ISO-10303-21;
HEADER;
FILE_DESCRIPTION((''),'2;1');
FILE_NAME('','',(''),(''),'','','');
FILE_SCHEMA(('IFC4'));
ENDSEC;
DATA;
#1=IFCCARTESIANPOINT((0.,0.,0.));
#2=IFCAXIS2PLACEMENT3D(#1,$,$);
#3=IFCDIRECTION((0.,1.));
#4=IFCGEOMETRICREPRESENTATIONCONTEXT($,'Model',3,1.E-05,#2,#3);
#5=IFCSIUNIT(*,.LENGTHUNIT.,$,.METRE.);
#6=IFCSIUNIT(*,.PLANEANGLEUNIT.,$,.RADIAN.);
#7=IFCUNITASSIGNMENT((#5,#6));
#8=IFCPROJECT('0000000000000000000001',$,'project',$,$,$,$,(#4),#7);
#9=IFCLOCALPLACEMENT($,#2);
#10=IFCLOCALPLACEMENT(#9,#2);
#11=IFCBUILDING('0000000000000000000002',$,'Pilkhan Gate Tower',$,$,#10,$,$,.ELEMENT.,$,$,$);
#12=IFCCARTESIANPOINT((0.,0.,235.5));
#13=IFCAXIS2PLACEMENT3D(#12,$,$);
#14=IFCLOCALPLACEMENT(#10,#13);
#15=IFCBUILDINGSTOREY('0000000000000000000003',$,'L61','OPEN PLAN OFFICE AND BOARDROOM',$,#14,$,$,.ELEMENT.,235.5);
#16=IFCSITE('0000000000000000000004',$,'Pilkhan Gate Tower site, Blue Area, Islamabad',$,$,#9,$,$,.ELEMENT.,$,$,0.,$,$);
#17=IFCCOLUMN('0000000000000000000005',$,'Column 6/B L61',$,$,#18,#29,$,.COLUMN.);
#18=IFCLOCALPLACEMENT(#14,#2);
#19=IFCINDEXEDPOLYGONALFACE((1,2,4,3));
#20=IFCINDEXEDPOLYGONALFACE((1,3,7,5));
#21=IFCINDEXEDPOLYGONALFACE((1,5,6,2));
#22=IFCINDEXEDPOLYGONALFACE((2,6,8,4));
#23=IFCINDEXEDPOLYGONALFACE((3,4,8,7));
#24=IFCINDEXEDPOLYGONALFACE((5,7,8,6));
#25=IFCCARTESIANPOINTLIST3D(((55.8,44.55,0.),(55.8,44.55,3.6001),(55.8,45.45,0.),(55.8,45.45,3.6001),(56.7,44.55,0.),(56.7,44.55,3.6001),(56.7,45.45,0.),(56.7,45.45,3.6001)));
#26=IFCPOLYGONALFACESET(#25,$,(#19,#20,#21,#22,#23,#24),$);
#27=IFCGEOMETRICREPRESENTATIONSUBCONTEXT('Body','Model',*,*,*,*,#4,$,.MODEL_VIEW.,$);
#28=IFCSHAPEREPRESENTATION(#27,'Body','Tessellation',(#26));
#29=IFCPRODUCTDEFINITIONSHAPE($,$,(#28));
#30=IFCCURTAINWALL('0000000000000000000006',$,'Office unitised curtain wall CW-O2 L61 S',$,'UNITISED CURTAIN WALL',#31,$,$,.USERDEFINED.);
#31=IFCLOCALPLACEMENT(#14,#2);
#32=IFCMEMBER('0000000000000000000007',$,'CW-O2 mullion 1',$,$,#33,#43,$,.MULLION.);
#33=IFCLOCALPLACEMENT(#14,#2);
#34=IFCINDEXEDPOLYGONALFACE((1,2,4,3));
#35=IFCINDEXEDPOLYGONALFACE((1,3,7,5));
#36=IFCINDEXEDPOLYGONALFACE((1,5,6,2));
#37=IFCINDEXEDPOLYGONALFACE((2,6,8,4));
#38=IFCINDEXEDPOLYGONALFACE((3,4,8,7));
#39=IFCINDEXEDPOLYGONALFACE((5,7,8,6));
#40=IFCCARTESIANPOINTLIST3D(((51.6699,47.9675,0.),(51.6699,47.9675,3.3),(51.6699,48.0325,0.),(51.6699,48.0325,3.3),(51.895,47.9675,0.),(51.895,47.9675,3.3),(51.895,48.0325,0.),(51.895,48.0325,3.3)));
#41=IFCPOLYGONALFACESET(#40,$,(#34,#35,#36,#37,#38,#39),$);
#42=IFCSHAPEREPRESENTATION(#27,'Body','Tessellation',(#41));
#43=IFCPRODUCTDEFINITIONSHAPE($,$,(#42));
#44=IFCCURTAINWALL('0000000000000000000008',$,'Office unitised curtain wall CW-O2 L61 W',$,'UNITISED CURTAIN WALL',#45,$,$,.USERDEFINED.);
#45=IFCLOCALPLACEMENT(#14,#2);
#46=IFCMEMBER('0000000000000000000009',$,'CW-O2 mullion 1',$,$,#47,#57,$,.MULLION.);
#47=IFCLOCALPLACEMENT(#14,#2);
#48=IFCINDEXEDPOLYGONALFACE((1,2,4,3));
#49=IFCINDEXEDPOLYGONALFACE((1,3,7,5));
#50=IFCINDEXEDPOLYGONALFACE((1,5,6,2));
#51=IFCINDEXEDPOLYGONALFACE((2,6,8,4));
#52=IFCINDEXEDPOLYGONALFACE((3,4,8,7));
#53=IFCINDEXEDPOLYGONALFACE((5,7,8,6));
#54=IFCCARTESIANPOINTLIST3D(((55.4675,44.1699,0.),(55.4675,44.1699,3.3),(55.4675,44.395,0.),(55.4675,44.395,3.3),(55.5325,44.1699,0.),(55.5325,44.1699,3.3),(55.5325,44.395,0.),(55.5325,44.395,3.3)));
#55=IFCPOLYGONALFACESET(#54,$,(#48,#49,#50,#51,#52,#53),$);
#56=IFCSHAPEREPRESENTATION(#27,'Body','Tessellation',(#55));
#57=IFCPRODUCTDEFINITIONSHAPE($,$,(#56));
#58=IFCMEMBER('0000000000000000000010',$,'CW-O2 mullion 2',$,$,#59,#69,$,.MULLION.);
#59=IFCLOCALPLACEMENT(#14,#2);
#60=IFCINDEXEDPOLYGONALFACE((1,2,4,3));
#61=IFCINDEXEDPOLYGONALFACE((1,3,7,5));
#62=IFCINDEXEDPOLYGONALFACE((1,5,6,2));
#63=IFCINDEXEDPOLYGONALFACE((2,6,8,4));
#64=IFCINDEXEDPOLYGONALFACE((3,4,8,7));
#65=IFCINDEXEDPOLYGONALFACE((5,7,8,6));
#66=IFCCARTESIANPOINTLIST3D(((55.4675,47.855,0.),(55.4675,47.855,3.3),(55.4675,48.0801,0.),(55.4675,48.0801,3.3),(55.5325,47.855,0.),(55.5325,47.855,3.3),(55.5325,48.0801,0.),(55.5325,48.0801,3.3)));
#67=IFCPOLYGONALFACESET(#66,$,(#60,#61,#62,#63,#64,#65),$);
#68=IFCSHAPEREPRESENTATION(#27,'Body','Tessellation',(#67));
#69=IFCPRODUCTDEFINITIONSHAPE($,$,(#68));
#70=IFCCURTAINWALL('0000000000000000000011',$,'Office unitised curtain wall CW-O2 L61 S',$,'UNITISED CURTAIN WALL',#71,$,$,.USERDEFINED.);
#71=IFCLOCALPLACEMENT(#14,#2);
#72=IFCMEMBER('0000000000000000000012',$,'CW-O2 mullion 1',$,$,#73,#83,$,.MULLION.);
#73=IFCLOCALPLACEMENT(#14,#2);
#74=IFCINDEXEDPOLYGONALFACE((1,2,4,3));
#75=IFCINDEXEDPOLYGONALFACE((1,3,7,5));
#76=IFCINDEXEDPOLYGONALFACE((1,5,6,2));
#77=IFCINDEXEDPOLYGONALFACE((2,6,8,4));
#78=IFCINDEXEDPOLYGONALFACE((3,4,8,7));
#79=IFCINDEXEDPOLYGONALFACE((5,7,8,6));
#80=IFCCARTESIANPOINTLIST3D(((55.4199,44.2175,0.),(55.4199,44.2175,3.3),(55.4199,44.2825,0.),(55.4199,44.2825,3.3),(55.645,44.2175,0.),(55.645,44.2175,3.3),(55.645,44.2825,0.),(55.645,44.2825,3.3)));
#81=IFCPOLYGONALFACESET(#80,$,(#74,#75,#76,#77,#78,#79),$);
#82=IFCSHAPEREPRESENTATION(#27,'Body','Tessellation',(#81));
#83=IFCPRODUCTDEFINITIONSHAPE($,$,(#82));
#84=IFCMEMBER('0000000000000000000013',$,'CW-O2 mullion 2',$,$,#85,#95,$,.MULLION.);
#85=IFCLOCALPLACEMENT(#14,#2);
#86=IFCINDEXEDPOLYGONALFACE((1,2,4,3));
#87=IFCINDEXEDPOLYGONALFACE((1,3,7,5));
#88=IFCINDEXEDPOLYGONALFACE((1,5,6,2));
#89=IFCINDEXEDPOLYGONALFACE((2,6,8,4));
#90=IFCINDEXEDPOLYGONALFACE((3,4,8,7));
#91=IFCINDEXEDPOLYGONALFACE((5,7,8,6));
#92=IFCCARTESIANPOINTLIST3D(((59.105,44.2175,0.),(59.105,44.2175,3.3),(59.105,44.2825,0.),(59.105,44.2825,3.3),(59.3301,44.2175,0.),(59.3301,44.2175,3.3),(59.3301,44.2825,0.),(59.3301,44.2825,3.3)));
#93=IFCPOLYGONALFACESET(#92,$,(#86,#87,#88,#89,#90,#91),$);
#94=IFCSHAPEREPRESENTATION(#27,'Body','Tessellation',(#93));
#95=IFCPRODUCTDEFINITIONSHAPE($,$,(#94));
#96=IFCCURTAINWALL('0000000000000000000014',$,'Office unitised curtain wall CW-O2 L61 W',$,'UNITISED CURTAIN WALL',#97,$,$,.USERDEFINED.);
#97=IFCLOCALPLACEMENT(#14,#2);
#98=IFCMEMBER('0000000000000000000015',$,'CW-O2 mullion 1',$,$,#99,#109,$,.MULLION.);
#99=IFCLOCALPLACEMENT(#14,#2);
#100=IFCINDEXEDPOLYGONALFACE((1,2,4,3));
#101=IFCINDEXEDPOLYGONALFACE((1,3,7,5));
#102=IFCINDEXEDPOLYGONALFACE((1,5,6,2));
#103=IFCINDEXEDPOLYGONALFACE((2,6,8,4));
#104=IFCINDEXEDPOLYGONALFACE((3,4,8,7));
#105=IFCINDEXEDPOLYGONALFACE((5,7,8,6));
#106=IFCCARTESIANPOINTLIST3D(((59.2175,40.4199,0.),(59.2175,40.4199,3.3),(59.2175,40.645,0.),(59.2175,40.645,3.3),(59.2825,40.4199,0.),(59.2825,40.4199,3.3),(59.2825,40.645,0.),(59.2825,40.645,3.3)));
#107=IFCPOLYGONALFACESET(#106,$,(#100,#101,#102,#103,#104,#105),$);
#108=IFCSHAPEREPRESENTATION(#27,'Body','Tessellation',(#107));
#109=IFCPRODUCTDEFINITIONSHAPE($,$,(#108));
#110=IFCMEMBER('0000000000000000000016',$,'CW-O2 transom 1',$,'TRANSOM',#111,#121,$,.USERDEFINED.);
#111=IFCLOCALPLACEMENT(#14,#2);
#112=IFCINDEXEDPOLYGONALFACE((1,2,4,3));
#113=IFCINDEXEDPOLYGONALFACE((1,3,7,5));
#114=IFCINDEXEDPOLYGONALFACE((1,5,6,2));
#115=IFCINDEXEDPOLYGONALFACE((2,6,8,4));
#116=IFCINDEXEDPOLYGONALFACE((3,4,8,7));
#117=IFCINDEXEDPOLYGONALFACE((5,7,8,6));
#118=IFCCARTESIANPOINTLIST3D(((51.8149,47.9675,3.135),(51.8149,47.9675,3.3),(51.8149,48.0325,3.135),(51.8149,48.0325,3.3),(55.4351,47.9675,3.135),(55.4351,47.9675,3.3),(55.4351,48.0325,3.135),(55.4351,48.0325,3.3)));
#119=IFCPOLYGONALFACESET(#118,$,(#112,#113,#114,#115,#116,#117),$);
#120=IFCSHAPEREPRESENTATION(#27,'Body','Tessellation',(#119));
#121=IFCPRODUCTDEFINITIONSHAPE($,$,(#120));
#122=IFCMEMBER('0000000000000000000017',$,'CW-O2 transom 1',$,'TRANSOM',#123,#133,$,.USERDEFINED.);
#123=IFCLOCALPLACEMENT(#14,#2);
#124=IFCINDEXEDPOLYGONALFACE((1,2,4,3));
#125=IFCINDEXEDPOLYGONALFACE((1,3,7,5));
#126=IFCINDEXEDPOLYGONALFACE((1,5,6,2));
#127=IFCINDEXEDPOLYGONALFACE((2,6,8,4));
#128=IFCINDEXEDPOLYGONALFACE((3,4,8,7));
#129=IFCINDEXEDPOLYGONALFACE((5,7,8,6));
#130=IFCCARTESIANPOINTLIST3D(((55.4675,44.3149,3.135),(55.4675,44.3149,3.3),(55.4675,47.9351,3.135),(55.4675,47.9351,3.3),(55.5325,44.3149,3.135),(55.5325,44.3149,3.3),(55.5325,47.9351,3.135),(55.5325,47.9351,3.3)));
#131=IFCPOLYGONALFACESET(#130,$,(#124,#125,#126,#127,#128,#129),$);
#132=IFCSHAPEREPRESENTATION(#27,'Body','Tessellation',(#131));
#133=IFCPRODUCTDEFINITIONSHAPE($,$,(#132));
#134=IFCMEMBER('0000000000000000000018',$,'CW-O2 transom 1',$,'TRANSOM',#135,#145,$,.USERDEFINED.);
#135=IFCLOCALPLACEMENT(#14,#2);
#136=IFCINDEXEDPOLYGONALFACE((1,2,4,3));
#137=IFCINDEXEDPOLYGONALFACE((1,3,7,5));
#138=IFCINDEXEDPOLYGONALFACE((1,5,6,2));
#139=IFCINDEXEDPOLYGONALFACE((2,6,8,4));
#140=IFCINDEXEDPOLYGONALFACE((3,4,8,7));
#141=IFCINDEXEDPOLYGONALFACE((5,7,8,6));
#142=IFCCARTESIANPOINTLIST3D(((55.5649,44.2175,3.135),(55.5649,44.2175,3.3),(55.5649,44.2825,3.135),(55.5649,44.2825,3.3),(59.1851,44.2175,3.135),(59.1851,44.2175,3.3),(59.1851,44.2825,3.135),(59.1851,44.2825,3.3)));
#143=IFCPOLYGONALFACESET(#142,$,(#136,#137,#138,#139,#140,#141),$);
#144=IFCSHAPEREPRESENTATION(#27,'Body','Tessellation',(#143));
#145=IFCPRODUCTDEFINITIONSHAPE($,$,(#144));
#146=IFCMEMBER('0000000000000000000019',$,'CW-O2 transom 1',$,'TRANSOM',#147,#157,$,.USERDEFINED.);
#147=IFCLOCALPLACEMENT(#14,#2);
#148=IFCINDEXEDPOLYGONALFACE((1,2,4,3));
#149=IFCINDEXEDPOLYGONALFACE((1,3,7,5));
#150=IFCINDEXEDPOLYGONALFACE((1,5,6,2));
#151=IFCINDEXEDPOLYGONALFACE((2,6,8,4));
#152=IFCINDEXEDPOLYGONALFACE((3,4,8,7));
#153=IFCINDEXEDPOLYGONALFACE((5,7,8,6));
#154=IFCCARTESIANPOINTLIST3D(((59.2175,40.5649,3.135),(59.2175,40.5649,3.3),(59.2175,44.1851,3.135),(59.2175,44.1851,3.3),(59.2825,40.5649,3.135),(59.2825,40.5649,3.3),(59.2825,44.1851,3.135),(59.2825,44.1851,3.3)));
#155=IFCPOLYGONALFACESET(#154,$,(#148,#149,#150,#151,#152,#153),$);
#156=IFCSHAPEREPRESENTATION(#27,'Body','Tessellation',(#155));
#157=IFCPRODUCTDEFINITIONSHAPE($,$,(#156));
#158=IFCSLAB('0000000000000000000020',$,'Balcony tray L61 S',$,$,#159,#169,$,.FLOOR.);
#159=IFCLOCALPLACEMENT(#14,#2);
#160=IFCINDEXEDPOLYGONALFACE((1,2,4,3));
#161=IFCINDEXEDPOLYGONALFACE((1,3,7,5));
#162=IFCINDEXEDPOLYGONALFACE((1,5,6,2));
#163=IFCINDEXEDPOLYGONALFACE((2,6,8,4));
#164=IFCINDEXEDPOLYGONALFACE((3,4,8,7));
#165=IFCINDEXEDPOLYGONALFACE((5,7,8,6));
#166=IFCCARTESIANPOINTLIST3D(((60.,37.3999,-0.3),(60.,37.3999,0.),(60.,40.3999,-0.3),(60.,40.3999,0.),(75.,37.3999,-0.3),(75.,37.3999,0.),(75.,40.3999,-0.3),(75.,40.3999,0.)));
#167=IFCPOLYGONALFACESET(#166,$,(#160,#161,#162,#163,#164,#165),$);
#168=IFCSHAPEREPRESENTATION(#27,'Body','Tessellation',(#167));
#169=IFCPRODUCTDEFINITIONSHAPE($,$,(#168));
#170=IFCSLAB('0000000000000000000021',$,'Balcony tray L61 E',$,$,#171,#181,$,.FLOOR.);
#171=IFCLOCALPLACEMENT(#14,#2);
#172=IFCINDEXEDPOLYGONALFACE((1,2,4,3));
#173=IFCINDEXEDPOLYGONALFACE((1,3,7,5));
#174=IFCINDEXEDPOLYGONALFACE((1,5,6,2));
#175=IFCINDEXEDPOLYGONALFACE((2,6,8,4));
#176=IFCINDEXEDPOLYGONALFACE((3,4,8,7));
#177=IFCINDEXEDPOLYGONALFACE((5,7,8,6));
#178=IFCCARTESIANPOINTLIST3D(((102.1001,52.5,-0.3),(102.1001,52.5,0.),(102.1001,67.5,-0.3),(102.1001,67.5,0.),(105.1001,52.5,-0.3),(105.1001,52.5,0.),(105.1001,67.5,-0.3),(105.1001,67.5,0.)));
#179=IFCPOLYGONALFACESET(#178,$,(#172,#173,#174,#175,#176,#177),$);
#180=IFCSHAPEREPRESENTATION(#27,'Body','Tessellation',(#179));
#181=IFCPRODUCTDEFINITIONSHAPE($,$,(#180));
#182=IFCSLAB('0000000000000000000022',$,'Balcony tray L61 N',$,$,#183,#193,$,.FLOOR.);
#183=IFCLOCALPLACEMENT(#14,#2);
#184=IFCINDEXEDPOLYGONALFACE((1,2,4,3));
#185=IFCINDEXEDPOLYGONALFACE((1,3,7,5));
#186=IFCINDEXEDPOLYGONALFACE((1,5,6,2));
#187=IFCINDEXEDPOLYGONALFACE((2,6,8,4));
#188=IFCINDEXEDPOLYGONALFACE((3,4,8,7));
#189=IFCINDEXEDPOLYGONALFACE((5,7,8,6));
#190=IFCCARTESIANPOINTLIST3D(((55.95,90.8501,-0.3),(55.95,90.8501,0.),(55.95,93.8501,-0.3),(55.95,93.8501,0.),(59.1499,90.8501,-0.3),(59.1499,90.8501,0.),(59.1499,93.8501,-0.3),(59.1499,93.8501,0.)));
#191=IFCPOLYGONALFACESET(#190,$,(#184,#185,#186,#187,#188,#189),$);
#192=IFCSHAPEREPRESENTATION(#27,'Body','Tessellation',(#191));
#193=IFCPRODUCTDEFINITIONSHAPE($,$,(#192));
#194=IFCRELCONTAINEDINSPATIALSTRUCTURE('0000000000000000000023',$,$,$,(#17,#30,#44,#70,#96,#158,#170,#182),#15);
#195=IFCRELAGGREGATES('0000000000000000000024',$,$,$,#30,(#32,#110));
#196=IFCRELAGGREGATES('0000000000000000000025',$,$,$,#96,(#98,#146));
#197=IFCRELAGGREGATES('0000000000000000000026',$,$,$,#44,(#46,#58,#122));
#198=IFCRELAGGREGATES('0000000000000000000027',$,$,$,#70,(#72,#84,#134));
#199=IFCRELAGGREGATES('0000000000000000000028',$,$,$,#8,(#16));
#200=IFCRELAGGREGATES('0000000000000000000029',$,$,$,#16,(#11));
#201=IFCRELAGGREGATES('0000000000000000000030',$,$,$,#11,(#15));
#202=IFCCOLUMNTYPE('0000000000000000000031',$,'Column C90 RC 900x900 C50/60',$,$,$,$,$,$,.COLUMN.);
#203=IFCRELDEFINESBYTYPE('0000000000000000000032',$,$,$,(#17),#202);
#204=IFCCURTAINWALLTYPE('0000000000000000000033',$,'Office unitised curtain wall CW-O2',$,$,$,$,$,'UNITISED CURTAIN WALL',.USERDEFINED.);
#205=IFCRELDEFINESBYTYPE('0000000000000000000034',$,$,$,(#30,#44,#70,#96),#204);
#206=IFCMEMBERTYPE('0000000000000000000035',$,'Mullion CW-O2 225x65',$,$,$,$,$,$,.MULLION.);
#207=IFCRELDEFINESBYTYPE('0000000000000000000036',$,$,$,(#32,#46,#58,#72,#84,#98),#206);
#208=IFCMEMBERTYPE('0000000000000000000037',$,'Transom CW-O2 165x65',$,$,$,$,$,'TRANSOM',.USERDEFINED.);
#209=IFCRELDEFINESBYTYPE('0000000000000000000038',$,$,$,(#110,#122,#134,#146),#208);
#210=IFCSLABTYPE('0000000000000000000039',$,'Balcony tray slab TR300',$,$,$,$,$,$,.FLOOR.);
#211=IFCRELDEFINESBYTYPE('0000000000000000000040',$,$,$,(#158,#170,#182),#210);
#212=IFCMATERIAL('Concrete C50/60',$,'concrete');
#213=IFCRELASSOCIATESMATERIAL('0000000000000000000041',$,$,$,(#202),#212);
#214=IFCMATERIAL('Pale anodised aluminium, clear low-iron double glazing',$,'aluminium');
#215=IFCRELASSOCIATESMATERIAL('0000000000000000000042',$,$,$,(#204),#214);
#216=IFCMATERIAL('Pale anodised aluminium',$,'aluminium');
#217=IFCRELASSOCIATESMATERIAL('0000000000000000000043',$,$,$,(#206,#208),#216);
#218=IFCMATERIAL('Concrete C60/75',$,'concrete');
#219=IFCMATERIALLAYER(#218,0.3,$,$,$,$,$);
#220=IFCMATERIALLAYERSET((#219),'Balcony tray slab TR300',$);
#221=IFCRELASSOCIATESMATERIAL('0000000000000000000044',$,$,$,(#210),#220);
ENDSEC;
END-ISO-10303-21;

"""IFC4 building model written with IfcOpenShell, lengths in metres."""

from ifc_helpers import new_model, si_unit, direction, frame, origin, origin_2d, place, context, subcontext, project, spatial, polyline, rectangle, outline, extrude, material, layer, layer_set, material_profile, profile_set, type_object, element, aggregate, save


model = new_model("IFC4")

# Units and contexts
model_context = context("Model", 3, precision=1e-05, world=origin(), true_north=direction((0.0, 1.0)))
body_context = subcontext(model_context, "Body", "Model", "MODEL_VIEW")
ifc_project = project(units=[si_unit("LENGTHUNIT", "METRE"), si_unit("PLANEANGLEUNIT", "RADIAN")], contexts=[model_context])

# Site, building, storey
site_placement = place(None, origin())
site = spatial("IfcSite", under=ifc_project, at=site_placement, Name="Pilkhan Gate Tower site, Blue Area, Islamabad", CompositionType="ELEMENT", RefElevation=0.0)
building_placement = place(site_placement, origin())
building = spatial("IfcBuilding", under=site, at=building_placement, Name="Pilkhan Gate Tower", CompositionType="ELEMENT")
storey_placement = place(building_placement, frame((0.0, 0.0, 235.5)))
storey = spatial("IfcBuildingStorey", under=building, at=storey_placement, Name="L61", Description="OPEN PLAN OFFICE AND BOARDROOM", CompositionType="ELEMENT", Elevation=235.5)

# Column
ifc_material_1 = material(Name="Concrete C50/60", Category="concrete")
ifc_material_profile_1 = material_profile(ifc_material_1, rectangle(XDim=0.8999, YDim=0.8999, at=origin_2d()), Name="RC 900x900")
ifc_profile_set_1 = profile_set([ifc_material_profile_1], Name="Concrete C50/60")
column_type = type_object("IfcColumnType", Name="Column C90 RC 900x900 C50/60", PredefinedType="COLUMN", material=ifc_profile_set_1)
column_placement = place(storey_placement, frame((56.25, 45.0, 0.0), z_axis=(0.0, 0.0, 1.0), x_axis=(1.0, 0.0, 0.0)))
element("IfcColumn", 1, at=column_placement, inside=storey, type_object=column_type, Name="Column 6/B L61", PredefinedType="COLUMN", context=body_context, shape_type="SweptSolid", body=[
    extrude(rectangle(XDim=0.8999, YDim=0.8999, at=origin_2d()), origin(), (0.0, 0.0, 1.0), 3.6001),
])

# Curtain wall, member
ifc_material_2 = material(Name="Pale anodised aluminium, clear low-iron double glazing", Category="aluminium")
curtain_wall_type = type_object("IfcCurtainWallType", Name="Office unitised curtain wall CW-O2", ElementType="UNITISED CURTAIN WALL", PredefinedType="USERDEFINED", material=ifc_material_2)
curtain_wall_1_placement = place(storey_placement, origin())
curtain_wall_1 = element("IfcCurtainWall", 2, at=curtain_wall_1_placement, inside=storey, type_object=curtain_wall_type, Name="Office unitised curtain wall CW-O2 L61 S", ObjectType="UNITISED CURTAIN WALL", PredefinedType="USERDEFINED")
ifc_material_3 = material(Name="Pale anodised aluminium", Category="aluminium")
ifc_material_profile_2 = material_profile(ifc_material_3, rectangle(XDim=0.0649, YDim=0.2251, at=origin_2d()), Name="Mullion 225x65")
ifc_profile_set_2 = profile_set([ifc_material_profile_2], Name="Pale anodised aluminium")
member_type_1 = type_object("IfcMemberType", Name="Mullion CW-O2 225x65", PredefinedType="MULLION", material=ifc_profile_set_2)
member_1_placement = place(storey_placement, frame((51.7825, 48.0, 0.0), z_axis=(0.0, 0.0, 1.0), x_axis=(0.0, 1.0, 0.0)))
member_1 = element("IfcMember", 3, at=member_1_placement, type_object=member_type_1, Name="CW-O2 mullion 1", PredefinedType="MULLION", context=body_context, shape_type="SweptSolid", body=[
    extrude(rectangle(XDim=0.0649, YDim=0.2251, at=origin_2d()), origin(), (0.0, 0.0, 1.0), 3.3),
])

# Curtain walls, members
curtain_wall_2_placement = place(storey_placement, origin())
curtain_wall_2 = element("IfcCurtainWall", 4, at=curtain_wall_2_placement, inside=storey, type_object=curtain_wall_type, Name="Office unitised curtain wall CW-O2 L61 W", ObjectType="UNITISED CURTAIN WALL", PredefinedType="USERDEFINED")
member_2_placement = place(storey_placement, frame((55.5, 44.2825, 0.0), z_axis=(0.0, 0.0, 1.0), x_axis=(-1.0, 0.0, 0.0)))
member_2 = element("IfcMember", 5, at=member_2_placement, type_object=member_type_1, Name="CW-O2 mullion 1", PredefinedType="MULLION", context=body_context, shape_type="SweptSolid", body=[
    extrude(rectangle(XDim=0.0649, YDim=0.2251, at=origin_2d()), origin(), (0.0, 0.0, 1.0), 3.3),
])
member_3_placement = place(storey_placement, frame((55.5, 47.9675, 0.0), z_axis=(0.0, 0.0, 1.0), x_axis=(-1.0, 0.0, 0.0)))
member_3 = element("IfcMember", 6, at=member_3_placement, type_object=member_type_1, Name="CW-O2 mullion 2", PredefinedType="MULLION", context=body_context, shape_type="SweptSolid", body=[
    extrude(rectangle(XDim=0.0649, YDim=0.2251, at=origin_2d()), origin(), (0.0, 0.0, 1.0), 3.3),
])
curtain_wall_3_placement = place(storey_placement, origin())
curtain_wall_3 = element("IfcCurtainWall", 7, at=curtain_wall_3_placement, inside=storey, type_object=curtain_wall_type, Name="Office unitised curtain wall CW-O2 L61 S", ObjectType="UNITISED CURTAIN WALL", PredefinedType="USERDEFINED")
member_4_placement = place(storey_placement, frame((55.5325, 44.25, 0.0), z_axis=(0.0, 0.0, 1.0), x_axis=(0.0, 1.0, 0.0)))
member_4 = element("IfcMember", 8, at=member_4_placement, type_object=member_type_1, Name="CW-O2 mullion 1", PredefinedType="MULLION", context=body_context, shape_type="SweptSolid", body=[
    extrude(rectangle(XDim=0.0649, YDim=0.2251, at=origin_2d()), origin(), (0.0, 0.0, 1.0), 3.3),
])
member_5_placement = place(storey_placement, frame((59.2175, 44.25, 0.0), z_axis=(0.0, 0.0, 1.0), x_axis=(0.0, 1.0, 0.0)))
member_5 = element("IfcMember", 9, at=member_5_placement, type_object=member_type_1, Name="CW-O2 mullion 2", PredefinedType="MULLION", context=body_context, shape_type="SweptSolid", body=[
    extrude(rectangle(XDim=0.0649, YDim=0.2251, at=origin_2d()), origin(), (0.0, 0.0, 1.0), 3.3),
])

# Curtain wall, member
curtain_wall_4_placement = place(storey_placement, origin())
curtain_wall_4 = element("IfcCurtainWall", 10, at=curtain_wall_4_placement, inside=storey, type_object=curtain_wall_type, Name="Office unitised curtain wall CW-O2 L61 W", ObjectType="UNITISED CURTAIN WALL", PredefinedType="USERDEFINED")
member_6_placement = place(storey_placement, frame((59.25, 40.5325, 0.0), z_axis=(0.0, 0.0, 1.0), x_axis=(-1.0, 0.0, 0.0)))
member_6 = element("IfcMember", 11, at=member_6_placement, type_object=member_type_1, Name="CW-O2 mullion 1", PredefinedType="MULLION", context=body_context, shape_type="SweptSolid", body=[
    extrude(rectangle(XDim=0.0649, YDim=0.2251, at=origin_2d()), origin(), (0.0, 0.0, 1.0), 3.3),
])

# Members
ifc_material_profile_3 = material_profile(ifc_material_3, rectangle(XDim=0.0649, YDim=0.165, at=origin_2d()), Name="Transom 165x65")
ifc_profile_set_3 = profile_set([ifc_material_profile_3], Name="Pale anodised aluminium")
member_type_2 = type_object("IfcMemberType", Name="Transom CW-O2 165x65", ElementType="TRANSOM", PredefinedType="USERDEFINED", material=ifc_profile_set_3)
member_7_placement = place(storey_placement, frame((51.8149, 48.0, 3.2175), z_axis=(1.0, 0.0, 0.0), x_axis=(0.0, 1.0, 0.0)))
member_7 = element("IfcMember", 12, at=member_7_placement, type_object=member_type_2, Name="CW-O2 transom 1", ObjectType="TRANSOM", PredefinedType="USERDEFINED", context=body_context, shape_type="SweptSolid", body=[
    extrude(rectangle(XDim=0.0649, YDim=0.165, at=origin_2d()), origin(), (0.0, 0.0, 1.0), 3.6201),
])
aggregate(curtain_wall_1, [member_1, member_7])
member_8_placement = place(storey_placement, frame((55.5, 44.3149, 3.2175), z_axis=(0.0, 1.0, 0.0), x_axis=(-1.0, 0.0, 0.0)))
member_8 = element("IfcMember", 13, at=member_8_placement, type_object=member_type_2, Name="CW-O2 transom 1", ObjectType="TRANSOM", PredefinedType="USERDEFINED", context=body_context, shape_type="SweptSolid", body=[
    extrude(rectangle(XDim=0.0649, YDim=0.165, at=origin_2d()), origin(), (0.0, 0.0, 1.0), 3.6201),
])
member_9_placement = place(storey_placement, frame((55.5649, 44.25, 3.2175), z_axis=(1.0, 0.0, 0.0), x_axis=(0.0, 1.0, 0.0)))
member_9 = element("IfcMember", 14, at=member_9_placement, type_object=member_type_2, Name="CW-O2 transom 1", ObjectType="TRANSOM", PredefinedType="USERDEFINED", context=body_context, shape_type="SweptSolid", body=[
    extrude(rectangle(XDim=0.0649, YDim=0.165, at=origin_2d()), origin(), (0.0, 0.0, 1.0), 3.6201),
])
member_10_placement = place(storey_placement, frame((59.25, 40.5649, 3.2175), z_axis=(0.0, 1.0, 0.0), x_axis=(-1.0, 0.0, 0.0)))
member_10 = element("IfcMember", 15, at=member_10_placement, type_object=member_type_2, Name="CW-O2 transom 1", ObjectType="TRANSOM", PredefinedType="USERDEFINED", context=body_context, shape_type="SweptSolid", body=[
    extrude(rectangle(XDim=0.0649, YDim=0.165, at=origin_2d()), origin(), (0.0, 0.0, 1.0), 3.6201),
])
aggregate(curtain_wall_4, [member_6, member_10])

# Slabs
ifc_material_4 = material(Name="Concrete C60/75", Category="concrete")
ifc_layer_1 = layer(ifc_material_4, 0.3)
ifc_layer_set_1 = layer_set([ifc_layer_1], Name="Balcony tray slab TR300")
slab_type_1 = type_object("IfcSlabType", Name="Balcony tray slab TR300", PredefinedType="FLOOR", material=ifc_layer_set_1)
slab_1_placement = place(storey_placement, frame((0.0, 0.0, -0.3)))
element("IfcSlab", 16, at=slab_1_placement, inside=storey, type_object=slab_type_1, Name="Balcony tray L61 S", PredefinedType="FLOOR", context=body_context, shape_type="SweptSolid", body=[
    extrude(outline(polyline([(75.0, 37.3999), (75.0, 40.3999), (60.0, 40.3999), (60.0, 37.3999), (75.0, 37.3999)])), origin(), (0.0, 0.0, 1.0), 0.3),
])
slab_2_placement = place(storey_placement, frame((0.0, 0.0, -0.3)))
element("IfcSlab", 17, at=slab_2_placement, inside=storey, type_object=slab_type_1, Name="Balcony tray L61 E", PredefinedType="FLOOR", context=body_context, shape_type="SweptSolid", body=[
    extrude(outline(polyline([(105.1001, 52.5), (105.1001, 67.5), (102.1001, 67.5), (102.1001, 52.5), (105.1001, 52.5)])), origin(), (0.0, 0.0, 1.0), 0.3),
])
slab_3_placement = place(storey_placement, frame((0.0, 0.0, -0.3)))
element("IfcSlab", 18, at=slab_3_placement, inside=storey, type_object=slab_type_1, Name="Balcony tray L61 N", PredefinedType="FLOOR", context=body_context, shape_type="SweptSolid", body=[
    extrude(outline(polyline([(59.1499, 90.8501), (59.1499, 93.8501), (55.95, 93.8501), (55.95, 90.8501), (59.1499, 90.8501)])), origin(), (0.0, 0.0, 1.0), 0.3),
])

aggregate(curtain_wall_2, [member_2, member_3, member_8])
aggregate(curtain_wall_3, [member_4, member_5, member_9])

save(model, "model.ifc")
